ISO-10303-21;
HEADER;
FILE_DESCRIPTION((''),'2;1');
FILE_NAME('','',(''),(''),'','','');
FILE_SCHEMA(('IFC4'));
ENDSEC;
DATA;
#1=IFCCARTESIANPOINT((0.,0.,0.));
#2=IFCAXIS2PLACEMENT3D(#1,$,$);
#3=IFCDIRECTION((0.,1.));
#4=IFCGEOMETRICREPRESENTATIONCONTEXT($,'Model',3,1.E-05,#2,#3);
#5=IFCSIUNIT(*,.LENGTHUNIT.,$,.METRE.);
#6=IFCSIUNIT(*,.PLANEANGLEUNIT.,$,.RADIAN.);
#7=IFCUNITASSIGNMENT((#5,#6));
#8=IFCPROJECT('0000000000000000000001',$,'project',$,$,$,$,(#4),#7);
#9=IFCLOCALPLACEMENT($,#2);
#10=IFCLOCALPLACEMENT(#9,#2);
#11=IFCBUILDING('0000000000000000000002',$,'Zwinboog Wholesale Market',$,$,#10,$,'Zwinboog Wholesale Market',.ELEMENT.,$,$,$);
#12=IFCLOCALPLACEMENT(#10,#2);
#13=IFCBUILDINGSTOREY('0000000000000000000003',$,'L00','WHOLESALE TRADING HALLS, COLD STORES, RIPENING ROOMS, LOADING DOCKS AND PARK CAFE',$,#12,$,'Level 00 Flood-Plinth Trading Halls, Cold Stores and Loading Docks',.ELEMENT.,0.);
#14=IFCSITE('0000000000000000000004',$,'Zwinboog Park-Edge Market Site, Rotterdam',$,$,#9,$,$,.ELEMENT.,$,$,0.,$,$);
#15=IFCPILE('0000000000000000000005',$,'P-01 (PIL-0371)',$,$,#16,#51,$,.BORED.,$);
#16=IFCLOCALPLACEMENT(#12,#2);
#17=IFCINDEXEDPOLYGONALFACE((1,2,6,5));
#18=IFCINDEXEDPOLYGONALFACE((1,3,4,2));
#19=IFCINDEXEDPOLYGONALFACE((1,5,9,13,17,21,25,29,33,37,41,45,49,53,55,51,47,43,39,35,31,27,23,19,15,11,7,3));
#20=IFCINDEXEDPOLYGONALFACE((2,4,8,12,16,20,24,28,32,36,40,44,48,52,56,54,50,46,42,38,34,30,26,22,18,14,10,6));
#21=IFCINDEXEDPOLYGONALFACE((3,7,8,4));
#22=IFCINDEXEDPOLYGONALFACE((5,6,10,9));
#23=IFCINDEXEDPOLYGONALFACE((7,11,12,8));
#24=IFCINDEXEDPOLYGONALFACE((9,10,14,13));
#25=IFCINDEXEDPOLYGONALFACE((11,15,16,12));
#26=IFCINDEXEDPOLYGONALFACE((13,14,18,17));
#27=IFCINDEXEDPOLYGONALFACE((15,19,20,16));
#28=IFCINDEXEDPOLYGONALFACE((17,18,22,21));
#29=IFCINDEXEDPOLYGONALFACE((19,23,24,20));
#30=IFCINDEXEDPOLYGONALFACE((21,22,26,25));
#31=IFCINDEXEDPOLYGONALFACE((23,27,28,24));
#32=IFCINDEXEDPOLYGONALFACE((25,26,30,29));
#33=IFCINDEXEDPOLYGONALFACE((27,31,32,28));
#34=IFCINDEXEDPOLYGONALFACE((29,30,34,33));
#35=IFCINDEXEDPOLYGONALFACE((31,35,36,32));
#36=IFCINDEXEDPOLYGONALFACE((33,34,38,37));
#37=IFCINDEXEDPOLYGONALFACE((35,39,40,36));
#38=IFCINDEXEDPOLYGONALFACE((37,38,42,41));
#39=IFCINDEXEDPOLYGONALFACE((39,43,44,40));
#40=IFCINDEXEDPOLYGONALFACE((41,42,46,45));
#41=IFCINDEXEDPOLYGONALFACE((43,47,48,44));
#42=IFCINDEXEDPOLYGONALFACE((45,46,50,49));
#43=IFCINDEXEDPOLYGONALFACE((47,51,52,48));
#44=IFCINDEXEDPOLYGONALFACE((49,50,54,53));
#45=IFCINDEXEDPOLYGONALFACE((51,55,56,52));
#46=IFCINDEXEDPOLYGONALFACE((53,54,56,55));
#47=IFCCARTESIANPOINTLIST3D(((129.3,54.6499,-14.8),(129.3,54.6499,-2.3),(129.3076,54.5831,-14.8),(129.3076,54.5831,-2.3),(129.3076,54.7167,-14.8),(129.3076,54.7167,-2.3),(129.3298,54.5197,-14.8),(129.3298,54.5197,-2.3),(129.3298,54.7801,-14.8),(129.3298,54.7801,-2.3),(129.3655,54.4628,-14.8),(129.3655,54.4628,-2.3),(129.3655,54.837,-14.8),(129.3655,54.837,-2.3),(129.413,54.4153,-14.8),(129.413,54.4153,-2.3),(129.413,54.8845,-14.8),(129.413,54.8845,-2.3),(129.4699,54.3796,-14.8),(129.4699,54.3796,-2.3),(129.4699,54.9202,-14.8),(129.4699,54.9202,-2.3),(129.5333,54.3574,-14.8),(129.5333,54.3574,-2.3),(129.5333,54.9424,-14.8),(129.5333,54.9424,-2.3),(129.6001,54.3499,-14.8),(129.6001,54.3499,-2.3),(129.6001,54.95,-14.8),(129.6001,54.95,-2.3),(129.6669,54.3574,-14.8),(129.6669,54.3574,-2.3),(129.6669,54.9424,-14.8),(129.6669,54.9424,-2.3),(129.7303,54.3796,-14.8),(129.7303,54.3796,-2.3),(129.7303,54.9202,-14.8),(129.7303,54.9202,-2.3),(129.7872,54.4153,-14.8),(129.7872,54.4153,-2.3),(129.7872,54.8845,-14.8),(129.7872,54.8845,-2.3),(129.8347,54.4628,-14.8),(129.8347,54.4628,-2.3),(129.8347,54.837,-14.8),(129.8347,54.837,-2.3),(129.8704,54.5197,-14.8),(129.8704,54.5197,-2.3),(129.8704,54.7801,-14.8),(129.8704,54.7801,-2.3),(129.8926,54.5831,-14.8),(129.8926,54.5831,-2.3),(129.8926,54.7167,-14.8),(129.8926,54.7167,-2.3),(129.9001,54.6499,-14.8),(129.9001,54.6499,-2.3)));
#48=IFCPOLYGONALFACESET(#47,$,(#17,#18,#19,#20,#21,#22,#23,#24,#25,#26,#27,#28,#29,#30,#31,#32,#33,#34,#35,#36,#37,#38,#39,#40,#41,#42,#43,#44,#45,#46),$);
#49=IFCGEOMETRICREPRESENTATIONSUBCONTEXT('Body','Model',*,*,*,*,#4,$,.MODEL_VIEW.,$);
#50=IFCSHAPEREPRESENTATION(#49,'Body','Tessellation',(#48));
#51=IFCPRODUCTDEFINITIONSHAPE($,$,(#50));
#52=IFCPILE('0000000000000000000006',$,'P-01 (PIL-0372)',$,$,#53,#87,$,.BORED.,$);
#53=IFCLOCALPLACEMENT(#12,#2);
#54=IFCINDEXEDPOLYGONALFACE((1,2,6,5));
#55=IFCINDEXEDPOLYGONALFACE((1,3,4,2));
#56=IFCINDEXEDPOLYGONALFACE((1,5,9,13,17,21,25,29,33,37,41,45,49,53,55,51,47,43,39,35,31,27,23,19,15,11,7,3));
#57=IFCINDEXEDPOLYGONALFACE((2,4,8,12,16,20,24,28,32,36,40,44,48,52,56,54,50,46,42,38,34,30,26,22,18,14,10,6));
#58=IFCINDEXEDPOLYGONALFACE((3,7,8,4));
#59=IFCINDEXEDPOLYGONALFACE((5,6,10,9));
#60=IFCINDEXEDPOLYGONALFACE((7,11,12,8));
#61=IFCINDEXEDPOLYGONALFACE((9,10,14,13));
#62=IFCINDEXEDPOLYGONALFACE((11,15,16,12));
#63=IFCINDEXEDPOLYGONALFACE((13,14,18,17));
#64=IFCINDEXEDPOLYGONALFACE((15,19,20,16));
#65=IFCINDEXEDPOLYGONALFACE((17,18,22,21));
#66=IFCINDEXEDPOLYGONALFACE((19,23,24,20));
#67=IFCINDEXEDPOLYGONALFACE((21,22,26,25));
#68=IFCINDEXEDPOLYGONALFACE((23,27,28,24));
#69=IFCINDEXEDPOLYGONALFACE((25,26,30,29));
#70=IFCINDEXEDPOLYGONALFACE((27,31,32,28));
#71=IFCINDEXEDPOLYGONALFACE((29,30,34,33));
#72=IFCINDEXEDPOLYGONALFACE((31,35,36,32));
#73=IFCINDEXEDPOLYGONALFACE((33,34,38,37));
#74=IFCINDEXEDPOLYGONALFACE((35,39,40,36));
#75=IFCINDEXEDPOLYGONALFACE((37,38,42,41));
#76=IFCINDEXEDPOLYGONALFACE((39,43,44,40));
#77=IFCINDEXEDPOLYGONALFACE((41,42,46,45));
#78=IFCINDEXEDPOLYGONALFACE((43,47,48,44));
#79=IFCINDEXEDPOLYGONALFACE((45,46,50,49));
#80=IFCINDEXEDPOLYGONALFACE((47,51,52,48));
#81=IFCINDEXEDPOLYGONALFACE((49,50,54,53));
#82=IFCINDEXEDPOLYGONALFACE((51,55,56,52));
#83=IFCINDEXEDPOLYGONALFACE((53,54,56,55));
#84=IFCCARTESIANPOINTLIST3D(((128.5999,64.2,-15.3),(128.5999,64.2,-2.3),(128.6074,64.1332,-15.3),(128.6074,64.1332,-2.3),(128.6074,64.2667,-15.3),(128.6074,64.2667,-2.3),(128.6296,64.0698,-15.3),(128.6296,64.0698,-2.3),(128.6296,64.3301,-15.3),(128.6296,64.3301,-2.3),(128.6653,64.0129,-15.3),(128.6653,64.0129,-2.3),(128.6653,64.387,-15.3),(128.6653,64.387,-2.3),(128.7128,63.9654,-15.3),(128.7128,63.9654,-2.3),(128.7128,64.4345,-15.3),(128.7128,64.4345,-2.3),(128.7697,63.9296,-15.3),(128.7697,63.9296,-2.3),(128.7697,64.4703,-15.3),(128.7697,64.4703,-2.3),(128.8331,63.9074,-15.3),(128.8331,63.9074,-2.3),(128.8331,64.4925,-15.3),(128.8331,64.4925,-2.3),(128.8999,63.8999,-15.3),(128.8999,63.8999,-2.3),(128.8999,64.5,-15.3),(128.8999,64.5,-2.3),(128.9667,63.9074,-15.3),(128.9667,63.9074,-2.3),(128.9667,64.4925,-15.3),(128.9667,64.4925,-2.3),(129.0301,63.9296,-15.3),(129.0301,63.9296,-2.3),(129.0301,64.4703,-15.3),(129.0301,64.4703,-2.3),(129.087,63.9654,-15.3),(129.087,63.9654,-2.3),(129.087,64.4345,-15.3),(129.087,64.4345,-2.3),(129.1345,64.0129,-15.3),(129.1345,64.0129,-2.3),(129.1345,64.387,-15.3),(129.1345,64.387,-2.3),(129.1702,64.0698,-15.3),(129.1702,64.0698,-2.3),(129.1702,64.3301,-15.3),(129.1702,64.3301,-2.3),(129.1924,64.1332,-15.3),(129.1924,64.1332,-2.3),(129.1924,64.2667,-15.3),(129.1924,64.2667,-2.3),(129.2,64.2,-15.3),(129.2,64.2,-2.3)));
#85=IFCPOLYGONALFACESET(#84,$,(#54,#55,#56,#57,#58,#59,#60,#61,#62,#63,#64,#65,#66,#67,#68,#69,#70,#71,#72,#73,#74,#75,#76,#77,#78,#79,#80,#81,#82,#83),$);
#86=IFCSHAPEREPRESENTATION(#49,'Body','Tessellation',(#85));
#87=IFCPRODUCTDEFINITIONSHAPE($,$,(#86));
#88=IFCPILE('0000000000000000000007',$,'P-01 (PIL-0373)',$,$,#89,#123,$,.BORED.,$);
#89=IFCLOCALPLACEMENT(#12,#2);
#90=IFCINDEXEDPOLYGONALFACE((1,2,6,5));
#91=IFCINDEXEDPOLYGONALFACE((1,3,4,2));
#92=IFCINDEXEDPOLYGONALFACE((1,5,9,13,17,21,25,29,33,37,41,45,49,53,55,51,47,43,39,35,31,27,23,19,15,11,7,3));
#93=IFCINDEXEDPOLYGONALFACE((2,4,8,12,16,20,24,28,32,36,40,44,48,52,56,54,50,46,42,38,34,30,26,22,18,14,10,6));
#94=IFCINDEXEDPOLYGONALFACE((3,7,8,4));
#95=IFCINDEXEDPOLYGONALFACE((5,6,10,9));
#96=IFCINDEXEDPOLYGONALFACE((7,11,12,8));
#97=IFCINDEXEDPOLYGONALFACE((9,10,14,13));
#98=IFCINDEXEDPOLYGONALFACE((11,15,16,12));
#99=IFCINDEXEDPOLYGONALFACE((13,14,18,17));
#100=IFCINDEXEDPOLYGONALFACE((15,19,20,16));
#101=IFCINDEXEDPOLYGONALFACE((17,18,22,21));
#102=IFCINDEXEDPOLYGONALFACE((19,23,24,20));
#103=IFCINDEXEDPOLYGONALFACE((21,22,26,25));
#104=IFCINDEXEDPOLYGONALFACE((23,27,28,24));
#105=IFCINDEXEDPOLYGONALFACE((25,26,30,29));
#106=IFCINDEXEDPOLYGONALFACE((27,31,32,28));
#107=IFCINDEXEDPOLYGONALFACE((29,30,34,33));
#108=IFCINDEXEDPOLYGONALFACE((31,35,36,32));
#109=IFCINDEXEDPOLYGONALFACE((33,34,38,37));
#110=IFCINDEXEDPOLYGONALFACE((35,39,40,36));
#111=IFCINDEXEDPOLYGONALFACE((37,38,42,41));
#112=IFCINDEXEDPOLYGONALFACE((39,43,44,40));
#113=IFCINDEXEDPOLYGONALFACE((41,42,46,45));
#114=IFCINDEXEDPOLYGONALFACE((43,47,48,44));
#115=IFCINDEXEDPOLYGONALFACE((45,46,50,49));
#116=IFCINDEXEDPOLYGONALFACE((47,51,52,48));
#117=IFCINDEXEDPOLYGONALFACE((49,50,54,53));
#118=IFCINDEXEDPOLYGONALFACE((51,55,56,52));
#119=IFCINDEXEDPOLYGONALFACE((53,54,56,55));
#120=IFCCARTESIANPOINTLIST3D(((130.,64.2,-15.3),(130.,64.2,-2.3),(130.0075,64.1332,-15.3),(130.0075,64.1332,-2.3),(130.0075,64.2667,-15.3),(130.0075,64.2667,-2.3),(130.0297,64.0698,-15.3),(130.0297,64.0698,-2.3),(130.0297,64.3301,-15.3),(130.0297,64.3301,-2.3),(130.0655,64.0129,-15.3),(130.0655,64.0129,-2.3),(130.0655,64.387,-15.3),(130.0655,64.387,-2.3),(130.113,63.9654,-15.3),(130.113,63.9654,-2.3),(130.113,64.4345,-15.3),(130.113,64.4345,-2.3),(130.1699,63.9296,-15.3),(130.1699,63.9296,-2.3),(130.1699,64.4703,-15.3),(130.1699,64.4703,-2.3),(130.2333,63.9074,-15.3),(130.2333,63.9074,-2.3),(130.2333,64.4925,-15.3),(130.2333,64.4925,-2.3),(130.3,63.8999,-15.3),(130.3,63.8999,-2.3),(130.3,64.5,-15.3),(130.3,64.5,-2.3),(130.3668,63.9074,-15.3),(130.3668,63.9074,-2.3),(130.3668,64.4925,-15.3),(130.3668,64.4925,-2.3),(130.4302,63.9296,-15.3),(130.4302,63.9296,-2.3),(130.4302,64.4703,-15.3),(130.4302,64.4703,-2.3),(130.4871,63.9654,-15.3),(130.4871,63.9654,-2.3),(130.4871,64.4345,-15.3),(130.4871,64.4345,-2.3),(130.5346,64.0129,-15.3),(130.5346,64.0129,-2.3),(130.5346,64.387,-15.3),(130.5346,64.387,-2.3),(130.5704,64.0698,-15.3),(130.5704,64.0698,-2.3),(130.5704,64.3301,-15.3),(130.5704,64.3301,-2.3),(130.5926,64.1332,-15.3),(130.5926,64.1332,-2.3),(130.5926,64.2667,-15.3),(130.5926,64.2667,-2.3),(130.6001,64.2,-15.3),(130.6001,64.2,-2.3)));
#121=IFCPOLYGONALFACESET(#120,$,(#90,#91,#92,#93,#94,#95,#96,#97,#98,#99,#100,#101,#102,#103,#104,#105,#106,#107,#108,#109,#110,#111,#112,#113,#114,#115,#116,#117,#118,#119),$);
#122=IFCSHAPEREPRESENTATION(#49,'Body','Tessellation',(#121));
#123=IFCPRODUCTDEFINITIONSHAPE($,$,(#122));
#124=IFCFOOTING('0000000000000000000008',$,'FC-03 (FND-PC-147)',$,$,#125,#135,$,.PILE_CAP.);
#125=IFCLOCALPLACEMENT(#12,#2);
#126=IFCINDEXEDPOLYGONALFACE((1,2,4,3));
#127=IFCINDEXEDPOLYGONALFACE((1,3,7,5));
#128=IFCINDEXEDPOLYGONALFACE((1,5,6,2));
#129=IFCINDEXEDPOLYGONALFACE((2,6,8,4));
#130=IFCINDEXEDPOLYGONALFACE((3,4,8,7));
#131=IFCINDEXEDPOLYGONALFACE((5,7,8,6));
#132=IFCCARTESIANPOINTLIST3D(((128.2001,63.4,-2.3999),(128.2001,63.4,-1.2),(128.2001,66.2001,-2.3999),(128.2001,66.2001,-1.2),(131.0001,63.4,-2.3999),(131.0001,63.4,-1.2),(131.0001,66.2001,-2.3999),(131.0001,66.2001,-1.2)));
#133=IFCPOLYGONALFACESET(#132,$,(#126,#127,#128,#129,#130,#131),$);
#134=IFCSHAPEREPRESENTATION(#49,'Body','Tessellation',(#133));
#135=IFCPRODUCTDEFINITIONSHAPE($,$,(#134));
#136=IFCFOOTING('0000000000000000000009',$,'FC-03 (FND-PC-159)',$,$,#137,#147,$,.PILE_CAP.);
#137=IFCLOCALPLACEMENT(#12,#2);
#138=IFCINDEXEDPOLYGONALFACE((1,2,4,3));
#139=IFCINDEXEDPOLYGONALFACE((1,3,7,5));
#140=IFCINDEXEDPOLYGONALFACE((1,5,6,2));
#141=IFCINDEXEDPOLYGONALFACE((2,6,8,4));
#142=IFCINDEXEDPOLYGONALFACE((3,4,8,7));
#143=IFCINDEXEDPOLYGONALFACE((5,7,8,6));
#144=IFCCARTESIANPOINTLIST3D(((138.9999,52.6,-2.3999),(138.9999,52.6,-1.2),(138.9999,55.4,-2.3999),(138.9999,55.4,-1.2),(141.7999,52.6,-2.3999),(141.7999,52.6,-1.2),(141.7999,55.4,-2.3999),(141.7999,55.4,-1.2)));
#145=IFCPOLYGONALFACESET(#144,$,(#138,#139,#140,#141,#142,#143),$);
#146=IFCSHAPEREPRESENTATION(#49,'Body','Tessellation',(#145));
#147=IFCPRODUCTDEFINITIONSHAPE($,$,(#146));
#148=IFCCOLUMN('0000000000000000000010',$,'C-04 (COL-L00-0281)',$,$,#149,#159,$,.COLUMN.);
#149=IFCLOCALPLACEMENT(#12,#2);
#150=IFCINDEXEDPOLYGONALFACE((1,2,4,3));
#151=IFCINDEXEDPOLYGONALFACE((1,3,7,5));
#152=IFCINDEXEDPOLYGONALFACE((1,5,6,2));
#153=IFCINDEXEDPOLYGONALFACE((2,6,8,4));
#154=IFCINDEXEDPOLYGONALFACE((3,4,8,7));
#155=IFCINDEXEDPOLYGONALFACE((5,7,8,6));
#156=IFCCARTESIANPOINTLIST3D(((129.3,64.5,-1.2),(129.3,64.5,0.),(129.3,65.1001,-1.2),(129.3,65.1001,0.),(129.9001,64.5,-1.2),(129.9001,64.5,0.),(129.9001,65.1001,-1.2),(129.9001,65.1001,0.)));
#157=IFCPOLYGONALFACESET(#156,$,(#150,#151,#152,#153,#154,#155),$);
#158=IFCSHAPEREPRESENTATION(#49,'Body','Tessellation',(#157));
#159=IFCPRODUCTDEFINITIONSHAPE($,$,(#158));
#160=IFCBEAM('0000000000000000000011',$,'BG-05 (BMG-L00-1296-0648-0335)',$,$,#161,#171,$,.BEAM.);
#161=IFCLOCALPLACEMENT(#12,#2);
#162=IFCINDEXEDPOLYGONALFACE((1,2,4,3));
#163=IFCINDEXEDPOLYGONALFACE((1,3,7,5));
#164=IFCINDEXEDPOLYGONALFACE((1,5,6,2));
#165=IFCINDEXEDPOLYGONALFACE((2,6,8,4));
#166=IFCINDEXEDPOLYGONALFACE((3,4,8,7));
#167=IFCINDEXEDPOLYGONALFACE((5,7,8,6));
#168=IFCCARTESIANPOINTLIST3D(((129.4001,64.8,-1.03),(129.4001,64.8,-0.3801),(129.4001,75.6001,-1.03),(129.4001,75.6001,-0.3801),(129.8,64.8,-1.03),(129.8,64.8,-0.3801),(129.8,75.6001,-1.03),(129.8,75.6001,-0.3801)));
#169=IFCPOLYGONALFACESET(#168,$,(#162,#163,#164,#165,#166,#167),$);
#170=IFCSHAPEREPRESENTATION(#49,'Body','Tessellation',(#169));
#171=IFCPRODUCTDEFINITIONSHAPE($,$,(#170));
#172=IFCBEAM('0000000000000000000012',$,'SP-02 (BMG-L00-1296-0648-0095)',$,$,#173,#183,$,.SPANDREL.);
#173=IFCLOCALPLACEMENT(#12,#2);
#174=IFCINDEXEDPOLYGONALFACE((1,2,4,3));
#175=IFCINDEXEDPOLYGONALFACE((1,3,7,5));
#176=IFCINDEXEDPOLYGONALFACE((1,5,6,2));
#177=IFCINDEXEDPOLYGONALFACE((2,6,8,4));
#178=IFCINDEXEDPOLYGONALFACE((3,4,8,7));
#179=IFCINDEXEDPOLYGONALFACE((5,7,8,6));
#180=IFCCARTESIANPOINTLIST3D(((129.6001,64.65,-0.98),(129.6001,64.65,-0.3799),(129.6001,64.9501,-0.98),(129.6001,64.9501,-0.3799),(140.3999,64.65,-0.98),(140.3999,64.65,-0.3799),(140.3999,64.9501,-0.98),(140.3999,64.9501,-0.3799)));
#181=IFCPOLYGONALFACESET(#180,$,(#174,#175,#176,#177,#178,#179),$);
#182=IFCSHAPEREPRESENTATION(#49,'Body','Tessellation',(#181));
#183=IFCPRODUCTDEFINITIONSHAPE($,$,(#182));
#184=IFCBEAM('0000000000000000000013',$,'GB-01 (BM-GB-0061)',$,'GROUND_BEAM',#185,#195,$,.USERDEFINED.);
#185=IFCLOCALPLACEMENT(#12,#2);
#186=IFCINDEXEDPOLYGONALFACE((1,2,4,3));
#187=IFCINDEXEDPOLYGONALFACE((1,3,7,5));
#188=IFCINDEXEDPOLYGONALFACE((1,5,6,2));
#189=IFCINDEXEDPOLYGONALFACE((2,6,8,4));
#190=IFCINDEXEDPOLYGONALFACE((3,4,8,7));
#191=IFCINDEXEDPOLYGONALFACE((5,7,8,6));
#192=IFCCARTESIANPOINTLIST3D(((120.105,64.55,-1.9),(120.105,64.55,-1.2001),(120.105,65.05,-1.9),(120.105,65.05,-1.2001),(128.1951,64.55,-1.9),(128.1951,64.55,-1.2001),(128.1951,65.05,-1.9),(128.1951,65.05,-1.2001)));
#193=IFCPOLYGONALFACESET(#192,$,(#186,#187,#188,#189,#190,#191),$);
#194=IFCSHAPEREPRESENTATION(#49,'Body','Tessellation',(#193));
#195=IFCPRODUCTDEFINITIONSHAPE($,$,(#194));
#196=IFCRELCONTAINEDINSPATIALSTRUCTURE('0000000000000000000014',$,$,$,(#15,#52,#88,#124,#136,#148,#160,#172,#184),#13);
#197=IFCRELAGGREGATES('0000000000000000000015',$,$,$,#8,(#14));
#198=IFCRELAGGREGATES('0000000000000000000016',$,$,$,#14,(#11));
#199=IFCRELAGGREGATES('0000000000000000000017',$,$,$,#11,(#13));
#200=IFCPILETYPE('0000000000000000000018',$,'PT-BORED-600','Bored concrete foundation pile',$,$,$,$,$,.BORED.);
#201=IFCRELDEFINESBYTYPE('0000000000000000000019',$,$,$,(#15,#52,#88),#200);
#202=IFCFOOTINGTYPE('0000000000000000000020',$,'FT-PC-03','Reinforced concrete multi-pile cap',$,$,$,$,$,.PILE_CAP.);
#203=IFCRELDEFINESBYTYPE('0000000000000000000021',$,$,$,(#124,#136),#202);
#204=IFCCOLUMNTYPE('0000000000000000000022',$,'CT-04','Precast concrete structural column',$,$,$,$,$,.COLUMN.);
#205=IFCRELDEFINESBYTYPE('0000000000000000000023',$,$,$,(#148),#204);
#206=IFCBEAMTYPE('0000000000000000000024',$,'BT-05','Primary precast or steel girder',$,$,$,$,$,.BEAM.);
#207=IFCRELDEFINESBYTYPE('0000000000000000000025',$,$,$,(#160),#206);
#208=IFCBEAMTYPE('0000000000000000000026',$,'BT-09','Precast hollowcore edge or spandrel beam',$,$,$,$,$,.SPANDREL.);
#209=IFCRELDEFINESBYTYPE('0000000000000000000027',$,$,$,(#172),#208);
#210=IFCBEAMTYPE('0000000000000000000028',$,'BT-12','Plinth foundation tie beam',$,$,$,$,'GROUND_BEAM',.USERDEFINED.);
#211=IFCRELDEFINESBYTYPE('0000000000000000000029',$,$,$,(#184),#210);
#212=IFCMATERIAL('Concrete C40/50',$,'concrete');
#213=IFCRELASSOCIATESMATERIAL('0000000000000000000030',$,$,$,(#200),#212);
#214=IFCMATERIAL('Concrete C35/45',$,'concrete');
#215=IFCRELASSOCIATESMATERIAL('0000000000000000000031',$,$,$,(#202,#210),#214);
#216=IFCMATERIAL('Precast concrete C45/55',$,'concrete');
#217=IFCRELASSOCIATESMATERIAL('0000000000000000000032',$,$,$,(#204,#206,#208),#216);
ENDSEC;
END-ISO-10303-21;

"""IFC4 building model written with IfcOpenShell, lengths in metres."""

from ifc_helpers import new_model, si_unit, direction, frame, origin, origin_2d, place, context, subcontext, project, spatial, rectangle, circle, extrude, material, material_profile, profile_set, type_object, element, save


model = new_model("IFC4")

# Units and contexts
model_context = context("Model", 3, precision=1e-05, world=origin(), true_north=direction((0.0, 1.0)))
body_context = subcontext(model_context, "Body", "Model", "MODEL_VIEW")
ifc_project = project(units=[si_unit("LENGTHUNIT", "METRE"), si_unit("PLANEANGLEUNIT", "RADIAN")], contexts=[model_context])

# Site, building, storey
site_placement = place(None, origin())
site = spatial("IfcSite", under=ifc_project, at=site_placement, Name="Zwinboog Park-Edge Market Site, Rotterdam", CompositionType="ELEMENT", RefElevation=0.0)
building_placement = place(site_placement, origin())
building = spatial("IfcBuilding", under=site, at=building_placement, Name="Zwinboog Wholesale Market", LongName="Zwinboog Wholesale Market", CompositionType="ELEMENT")
storey_placement = place(building_placement, origin())
storey = spatial("IfcBuildingStorey", under=building, at=storey_placement, Name="L00", Description="WHOLESALE TRADING HALLS, COLD STORES, RIPENING ROOMS, LOADING DOCKS AND PARK CAFE", LongName="Level 00 Flood-Plinth Trading Halls, Cold Stores and Loading Docks", CompositionType="ELEMENT", Elevation=0.0)

# Piles
ifc_material_1 = material(Name="Concrete C40/50", Category="concrete")
ifc_material_profile_1 = material_profile(ifc_material_1, circle(Radius=0.3, at=origin_2d()), Name="PILE D600")
ifc_profile_set_1 = profile_set([ifc_material_profile_1], Name="Concrete C40/50")
pile_type = type_object("IfcPileType", Name="PT-BORED-600", Description="Bored concrete foundation pile", PredefinedType="BORED", material=ifc_profile_set_1)
pile_placement = place(storey_placement, frame((129.6001, 54.6499, -2.3), z_axis=(0.0, 0.0, -1.0), x_axis=(1.0, 0.0, 0.0)))
element("IfcPile", 1, at=pile_placement, inside=storey, type_object=pile_type, Name="P-01 (PIL-0371)", PredefinedType="BORED", context=body_context, shape_type="SweptSolid", body=[
    extrude(circle(Radius=0.3, at=origin_2d()), origin(), (0.0, 0.0, 1.0), 12.5),
])
for number, where, z_axis, x_axis, name in (
    (2, (128.8999, 64.2, -2.3), (0.0, 0.0, -1.0), (1.0, 0.0, 0.0), "P-01 (PIL-0372)"),
    (3, (130.3, 64.2, -2.3), (0.0, 0.0, -1.0), (1.0, 0.0, 0.0), "P-01 (PIL-0373)"),
):
    element("IfcPile", number, at=place(storey_placement, frame(where, z_axis=z_axis, x_axis=x_axis)), inside=storey, type_object=pile_type, Name=name, PredefinedType="BORED", context=body_context, shape_type="SweptSolid", body=[
        extrude(circle(Radius=0.3, at=origin_2d()), origin(), (0.0, 0.0, 1.0), 13.0),
    ])

# Footings
ifc_material_2 = material(Name="Concrete C35/45", Category="concrete")
footing_type = type_object("IfcFootingType", Name="FT-PC-03", Description="Reinforced concrete multi-pile cap", PredefinedType="PILE_CAP", material=ifc_material_2)
for number, where, z_axis, x_axis, name in (
    (4, (129.6001, 64.8, -2.3999), (0.0, 0.0, 1.0), (1.0, 0.0, 0.0), "FC-03 (FND-PC-147)"),
    (5, (140.3999, 54.0, -2.3999), (0.0, 0.0, 1.0), (1.0, 0.0, 0.0), "FC-03 (FND-PC-159)"),
):
    element("IfcFooting", number, at=place(storey_placement, frame(where, z_axis=z_axis, x_axis=x_axis)), inside=storey, type_object=footing_type, Name=name, PredefinedType="PILE_CAP", context=body_context, shape_type="SweptSolid", body=[
        extrude(rectangle(XDim=2.8, YDim=2.8, at=origin_2d()), origin(), (0.0, 0.0, 1.0), 1.2),
    ])

# Column
ifc_material_3 = material(Name="Precast concrete C45/55", Category="concrete")
ifc_material_profile_2 = material_profile(ifc_material_3, rectangle(XDim=0.6001, YDim=0.6001, at=origin_2d()), Name="PC 600x600")
ifc_profile_set_2 = profile_set([ifc_material_profile_2], Name="Precast concrete C45/55")
column_type = type_object("IfcColumnType", Name="CT-04", Description="Precast concrete structural column", PredefinedType="COLUMN", material=ifc_profile_set_2)
column_placement = place(storey_placement, frame((129.6001, 64.8, -1.2), z_axis=(0.0, 0.0, 1.0), x_axis=(1.0, 0.0, 0.0)))
element("IfcColumn", 6, at=column_placement, inside=storey, type_object=column_type, Name="C-04 (COL-L00-0281)", PredefinedType="COLUMN", context=body_context, shape_type="SweptSolid", body=[
    extrude(rectangle(XDim=0.6001, YDim=0.6001, at=origin_2d()), origin(), (0.0, 0.0, 1.0), 1.2),
])

# Beams
ifc_material_profile_3 = material_profile(ifc_material_3, rectangle(XDim=0.3999, YDim=0.6499, at=origin_2d()), Name="PC 400x650")
ifc_profile_set_3 = profile_set([ifc_material_profile_3], Name="Precast concrete C45/55")
beam_type_1 = type_object("IfcBeamType", Name="BT-05", Description="Primary precast or steel girder", PredefinedType="BEAM", material=ifc_profile_set_3)
beam_1_placement = place(storey_placement, frame((129.6001, 64.8, -0.7051), z_axis=(0.0, 1.0, 0.0), x_axis=(-1.0, 0.0, 0.0)))
element("IfcBeam", 7, at=beam_1_placement, inside=storey, type_object=beam_type_1, Name="BG-05 (BMG-L00-1296-0648-0335)", PredefinedType="BEAM", context=body_context, shape_type="SweptSolid", body=[
    extrude(rectangle(XDim=0.3999, YDim=0.6499, at=origin_2d()), origin(), (0.0, 0.0, 1.0), 10.8),
])
ifc_material_profile_4 = material_profile(ifc_material_3, rectangle(XDim=0.3, YDim=0.6001, at=origin_2d()), Name="PC 300x600")
ifc_profile_set_4 = profile_set([ifc_material_profile_4], Name="Precast concrete C45/55")
beam_type_2 = type_object("IfcBeamType", Name="BT-09", Description="Precast hollowcore edge or spandrel beam", PredefinedType="SPANDREL", material=ifc_profile_set_4)
beam_2_placement = place(storey_placement, frame((129.6001, 64.8, -0.6799), z_axis=(1.0, 0.0, 0.0), x_axis=(0.0, 1.0, 0.0)))
element("IfcBeam", 8, at=beam_2_placement, inside=storey, type_object=beam_type_2, Name="SP-02 (BMG-L00-1296-0648-0095)", PredefinedType="SPANDREL", context=body_context, shape_type="SweptSolid", body=[
    extrude(rectangle(XDim=0.3, YDim=0.6001, at=origin_2d()), origin(), (0.0, 0.0, 1.0), 10.7998),
])
ifc_material_profile_5 = material_profile(ifc_material_2, rectangle(XDim=0.5, YDim=0.7, at=origin_2d()), Name="RC 500x700")
ifc_profile_set_5 = profile_set([ifc_material_profile_5], Name="Concrete C35/45")
beam_type_3 = type_object("IfcBeamType", Name="BT-12", Description="Plinth foundation tie beam", ElementType="GROUND_BEAM", PredefinedType="USERDEFINED", material=ifc_profile_set_5)
beam_3_placement = place(storey_placement, frame((120.105, 64.8, -1.55), z_axis=(1.0, 0.0, 0.0), x_axis=(0.0, 1.0, 0.0)))
element("IfcBeam", 9, at=beam_3_placement, inside=storey, type_object=beam_type_3, Name="GB-01 (BM-GB-0061)", ObjectType="GROUND_BEAM", PredefinedType="USERDEFINED", context=body_context, shape_type="SweptSolid", body=[
    extrude(rectangle(XDim=0.5, YDim=0.7, at=origin_2d()), origin(), (0.0, 0.0, 1.0), 8.0901),
])

save(model, "model.ifc")
